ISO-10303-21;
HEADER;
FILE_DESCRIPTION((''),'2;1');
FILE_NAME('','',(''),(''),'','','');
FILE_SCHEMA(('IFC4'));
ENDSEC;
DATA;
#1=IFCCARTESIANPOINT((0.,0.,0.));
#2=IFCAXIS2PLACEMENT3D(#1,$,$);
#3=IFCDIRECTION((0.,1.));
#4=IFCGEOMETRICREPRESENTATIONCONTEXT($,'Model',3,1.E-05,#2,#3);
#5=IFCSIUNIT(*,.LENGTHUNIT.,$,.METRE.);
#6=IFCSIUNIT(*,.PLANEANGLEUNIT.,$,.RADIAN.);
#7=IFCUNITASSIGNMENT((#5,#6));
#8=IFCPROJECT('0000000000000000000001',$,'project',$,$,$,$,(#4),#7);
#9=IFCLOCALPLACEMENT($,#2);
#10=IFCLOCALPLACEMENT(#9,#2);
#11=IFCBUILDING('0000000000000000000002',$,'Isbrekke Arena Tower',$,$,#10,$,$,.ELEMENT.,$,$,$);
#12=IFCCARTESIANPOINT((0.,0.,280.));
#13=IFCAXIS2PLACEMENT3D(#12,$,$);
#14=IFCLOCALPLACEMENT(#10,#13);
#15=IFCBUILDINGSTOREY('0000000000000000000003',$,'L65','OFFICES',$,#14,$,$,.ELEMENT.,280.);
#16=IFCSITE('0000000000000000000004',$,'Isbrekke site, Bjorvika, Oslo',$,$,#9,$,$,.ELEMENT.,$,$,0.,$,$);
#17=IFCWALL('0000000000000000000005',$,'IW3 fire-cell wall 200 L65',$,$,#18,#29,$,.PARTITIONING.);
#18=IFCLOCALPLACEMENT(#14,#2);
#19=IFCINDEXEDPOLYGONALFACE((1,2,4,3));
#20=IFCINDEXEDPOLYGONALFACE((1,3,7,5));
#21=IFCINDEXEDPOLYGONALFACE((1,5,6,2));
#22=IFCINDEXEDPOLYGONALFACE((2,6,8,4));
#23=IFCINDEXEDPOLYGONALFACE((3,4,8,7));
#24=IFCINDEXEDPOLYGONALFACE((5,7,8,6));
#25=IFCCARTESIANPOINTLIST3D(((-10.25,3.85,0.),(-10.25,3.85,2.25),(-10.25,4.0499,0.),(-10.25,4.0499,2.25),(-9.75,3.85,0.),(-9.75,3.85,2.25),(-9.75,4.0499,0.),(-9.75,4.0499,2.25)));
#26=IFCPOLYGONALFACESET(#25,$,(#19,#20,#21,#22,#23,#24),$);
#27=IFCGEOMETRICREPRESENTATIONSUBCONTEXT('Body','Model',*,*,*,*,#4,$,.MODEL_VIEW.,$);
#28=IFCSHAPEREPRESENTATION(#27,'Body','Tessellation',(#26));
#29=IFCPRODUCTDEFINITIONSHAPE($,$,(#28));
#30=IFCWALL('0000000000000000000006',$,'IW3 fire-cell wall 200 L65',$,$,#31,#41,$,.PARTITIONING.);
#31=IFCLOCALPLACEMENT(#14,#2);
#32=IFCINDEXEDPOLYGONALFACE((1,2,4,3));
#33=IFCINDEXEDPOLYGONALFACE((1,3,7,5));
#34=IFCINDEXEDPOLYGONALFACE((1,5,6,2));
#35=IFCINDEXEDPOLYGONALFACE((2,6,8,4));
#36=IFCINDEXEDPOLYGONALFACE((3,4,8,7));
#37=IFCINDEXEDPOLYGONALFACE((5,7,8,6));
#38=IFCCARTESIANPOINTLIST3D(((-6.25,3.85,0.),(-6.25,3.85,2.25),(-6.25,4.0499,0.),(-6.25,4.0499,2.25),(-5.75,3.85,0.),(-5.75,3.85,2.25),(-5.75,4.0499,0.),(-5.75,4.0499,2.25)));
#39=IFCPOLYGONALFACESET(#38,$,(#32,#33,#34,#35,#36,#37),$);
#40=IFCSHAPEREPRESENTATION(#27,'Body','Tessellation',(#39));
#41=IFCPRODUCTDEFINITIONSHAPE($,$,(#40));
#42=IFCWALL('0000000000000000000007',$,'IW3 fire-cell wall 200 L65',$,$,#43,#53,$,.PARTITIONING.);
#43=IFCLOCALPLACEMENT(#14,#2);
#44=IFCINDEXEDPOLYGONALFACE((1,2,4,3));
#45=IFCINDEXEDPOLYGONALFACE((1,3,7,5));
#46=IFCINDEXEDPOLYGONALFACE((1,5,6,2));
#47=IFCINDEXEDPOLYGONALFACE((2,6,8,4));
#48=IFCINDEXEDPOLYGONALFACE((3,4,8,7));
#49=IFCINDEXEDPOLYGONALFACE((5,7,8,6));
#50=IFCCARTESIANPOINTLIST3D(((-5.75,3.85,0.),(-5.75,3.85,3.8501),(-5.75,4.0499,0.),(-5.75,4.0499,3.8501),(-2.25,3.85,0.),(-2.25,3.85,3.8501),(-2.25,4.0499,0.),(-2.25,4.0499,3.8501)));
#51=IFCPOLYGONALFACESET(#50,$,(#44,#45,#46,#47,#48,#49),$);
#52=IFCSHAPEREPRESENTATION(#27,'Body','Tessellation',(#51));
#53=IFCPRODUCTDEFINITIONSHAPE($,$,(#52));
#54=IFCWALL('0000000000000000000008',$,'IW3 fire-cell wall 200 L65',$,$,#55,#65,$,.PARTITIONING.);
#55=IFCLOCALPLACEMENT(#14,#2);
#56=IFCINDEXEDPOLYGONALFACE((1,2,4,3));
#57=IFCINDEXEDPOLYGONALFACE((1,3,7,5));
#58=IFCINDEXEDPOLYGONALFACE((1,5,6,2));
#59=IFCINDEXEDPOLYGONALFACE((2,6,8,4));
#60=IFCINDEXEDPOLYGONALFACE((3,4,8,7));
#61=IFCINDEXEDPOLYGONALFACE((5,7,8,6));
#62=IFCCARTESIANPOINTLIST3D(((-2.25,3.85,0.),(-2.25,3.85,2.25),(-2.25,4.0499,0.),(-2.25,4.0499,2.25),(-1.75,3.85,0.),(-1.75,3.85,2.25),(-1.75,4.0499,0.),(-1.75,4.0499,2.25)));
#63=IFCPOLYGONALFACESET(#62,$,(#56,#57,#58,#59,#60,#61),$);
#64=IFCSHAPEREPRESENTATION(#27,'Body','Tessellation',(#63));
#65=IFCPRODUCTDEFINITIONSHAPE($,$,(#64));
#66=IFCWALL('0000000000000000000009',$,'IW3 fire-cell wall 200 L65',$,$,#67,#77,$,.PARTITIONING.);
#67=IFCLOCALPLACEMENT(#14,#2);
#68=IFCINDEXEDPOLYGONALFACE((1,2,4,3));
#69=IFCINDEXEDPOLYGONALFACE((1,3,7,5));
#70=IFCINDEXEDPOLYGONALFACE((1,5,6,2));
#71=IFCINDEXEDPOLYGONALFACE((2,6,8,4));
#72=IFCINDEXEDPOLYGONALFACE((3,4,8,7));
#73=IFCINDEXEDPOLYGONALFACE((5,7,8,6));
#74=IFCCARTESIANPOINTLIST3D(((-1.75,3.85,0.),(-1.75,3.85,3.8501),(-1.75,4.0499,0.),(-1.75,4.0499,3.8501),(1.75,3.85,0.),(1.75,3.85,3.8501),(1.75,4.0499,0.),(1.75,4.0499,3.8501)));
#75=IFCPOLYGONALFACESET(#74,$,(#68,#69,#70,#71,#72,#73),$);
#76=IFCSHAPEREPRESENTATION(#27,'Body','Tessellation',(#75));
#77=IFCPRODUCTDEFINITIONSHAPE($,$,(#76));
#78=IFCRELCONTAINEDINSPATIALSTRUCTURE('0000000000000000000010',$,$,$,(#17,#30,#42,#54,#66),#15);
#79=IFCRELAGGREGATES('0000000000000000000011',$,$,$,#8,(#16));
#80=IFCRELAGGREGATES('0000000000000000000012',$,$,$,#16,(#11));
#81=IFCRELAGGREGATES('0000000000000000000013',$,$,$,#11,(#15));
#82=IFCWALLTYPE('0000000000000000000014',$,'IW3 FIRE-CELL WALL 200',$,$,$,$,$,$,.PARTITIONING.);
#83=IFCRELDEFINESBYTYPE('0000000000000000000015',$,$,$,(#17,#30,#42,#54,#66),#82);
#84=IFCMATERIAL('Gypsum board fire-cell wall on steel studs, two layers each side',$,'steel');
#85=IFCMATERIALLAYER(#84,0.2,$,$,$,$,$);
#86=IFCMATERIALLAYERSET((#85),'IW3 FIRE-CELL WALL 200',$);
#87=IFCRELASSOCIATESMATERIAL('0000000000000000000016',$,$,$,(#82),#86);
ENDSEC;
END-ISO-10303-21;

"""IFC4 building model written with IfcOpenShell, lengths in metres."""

from ifc_helpers import new_model, si_unit, direction, frame, frame_2d, origin, place, context, subcontext, project, spatial, rectangle, extrude, material, layer, layer_set, type_object, element, save


model = new_model("IFC4")

# Units and contexts
model_context = context("Model", 3, precision=1e-05, world=origin(), true_north=direction((0.0, 1.0)))
body_context = subcontext(model_context, "Body", "Model", "MODEL_VIEW")
ifc_project = project(units=[si_unit("LENGTHUNIT", "METRE"), si_unit("PLANEANGLEUNIT", "RADIAN")], contexts=[model_context])

# Site, building, storey
site_placement = place(None, origin())
site = spatial("IfcSite", under=ifc_project, at=site_placement, Name="Isbrekke site, Bjorvika, Oslo", CompositionType="ELEMENT", RefElevation=0.0)
building_placement = place(site_placement, origin())
building = spatial("IfcBuilding", under=site, at=building_placement, Name="Isbrekke Arena Tower", CompositionType="ELEMENT")
storey_placement = place(building_placement, frame((0.0, 0.0, 280.0)))
storey = spatial("IfcBuildingStorey", under=building, at=storey_placement, Name="L65", Description="OFFICES", CompositionType="ELEMENT", Elevation=280.0)

# Wall
ifc_material_1 = material(Name="Gypsum board fire-cell wall on steel studs, two layers each side", Category="steel")
ifc_layer_1 = layer(ifc_material_1, 0.2)
ifc_layer_set_1 = layer_set([ifc_layer_1], Name="IW3 FIRE-CELL WALL 200")
wall_type_1 = type_object("IfcWallType", Name="IW3 FIRE-CELL WALL 200", PredefinedType="PARTITIONING", material=ifc_layer_set_1)
wall_1_placement = place(storey_placement, frame((-10.25, 3.95, 0.0), z_axis=(0.0, 0.0, 1.0), x_axis=(1.0, 0.0, 0.0)))
element("IfcWall", 1, at=wall_1_placement, inside=storey, type_object=wall_type_1, Name="IW3 fire-cell wall 200 L65", PredefinedType="PARTITIONING", context=body_context, shape_type="SweptSolid", body=[
    extrude(rectangle(XDim=0.5, YDim=0.2, at=frame_2d((0.25, 0.0))), origin(), (0.0, 0.0, 1.0), 2.25),
])

# Walls
wall_2_placement = place(storey_placement, frame((-6.25, 3.95, 0.0), z_axis=(0.0, 0.0, 1.0), x_axis=(1.0, 0.0, 0.0)))
element("IfcWall", 2, at=wall_2_placement, inside=storey, type_object=wall_type_1, Name="IW3 fire-cell wall 200 L65", PredefinedType="PARTITIONING", context=body_context, shape_type="SweptSolid", body=[
    extrude(rectangle(XDim=0.5, YDim=0.2, at=frame_2d((0.25, 0.0))), origin(), (0.0, 0.0, 1.0), 2.25),
])
wall_3_placement = place(storey_placement, frame((-5.75, 3.95, 0.0), z_axis=(0.0, 0.0, 1.0), x_axis=(1.0, 0.0, 0.0)))
element("IfcWall", 3, at=wall_3_placement, inside=storey, type_object=wall_type_1, Name="IW3 fire-cell wall 200 L65", PredefinedType="PARTITIONING", context=body_context, shape_type="SweptSolid", body=[
    extrude(rectangle(XDim=3.5, YDim=0.2, at=frame_2d((1.75, 0.0))), origin(), (0.0, 0.0, 1.0), 3.8501),
])
wall_4_placement = place(storey_placement, frame((-2.25, 3.95, 0.0), z_axis=(0.0, 0.0, 1.0), x_axis=(1.0, 0.0, 0.0)))
element("IfcWall", 4, at=wall_4_placement, inside=storey, type_object=wall_type_1, Name="IW3 fire-cell wall 200 L65", PredefinedType="PARTITIONING", context=body_context, shape_type="SweptSolid", body=[
    extrude(rectangle(XDim=0.5, YDim=0.2, at=frame_2d((0.25, 0.0))), origin(), (0.0, 0.0, 1.0), 2.25),
])
wall_5_placement = place(storey_placement, frame((-1.75, 3.95, 0.0), z_axis=(0.0, 0.0, 1.0), x_axis=(1.0, 0.0, 0.0)))
element("IfcWall", 5, at=wall_5_placement, inside=storey, type_object=wall_type_1, Name="IW3 fire-cell wall 200 L65", PredefinedType="PARTITIONING", context=body_context, shape_type="SweptSolid", body=[
    extrude(rectangle(XDim=3.5, YDim=0.2, at=frame_2d((1.75, 0.0))), origin(), (0.0, 0.0, 1.0), 3.8501),
])

save(model, "model.ifc")
